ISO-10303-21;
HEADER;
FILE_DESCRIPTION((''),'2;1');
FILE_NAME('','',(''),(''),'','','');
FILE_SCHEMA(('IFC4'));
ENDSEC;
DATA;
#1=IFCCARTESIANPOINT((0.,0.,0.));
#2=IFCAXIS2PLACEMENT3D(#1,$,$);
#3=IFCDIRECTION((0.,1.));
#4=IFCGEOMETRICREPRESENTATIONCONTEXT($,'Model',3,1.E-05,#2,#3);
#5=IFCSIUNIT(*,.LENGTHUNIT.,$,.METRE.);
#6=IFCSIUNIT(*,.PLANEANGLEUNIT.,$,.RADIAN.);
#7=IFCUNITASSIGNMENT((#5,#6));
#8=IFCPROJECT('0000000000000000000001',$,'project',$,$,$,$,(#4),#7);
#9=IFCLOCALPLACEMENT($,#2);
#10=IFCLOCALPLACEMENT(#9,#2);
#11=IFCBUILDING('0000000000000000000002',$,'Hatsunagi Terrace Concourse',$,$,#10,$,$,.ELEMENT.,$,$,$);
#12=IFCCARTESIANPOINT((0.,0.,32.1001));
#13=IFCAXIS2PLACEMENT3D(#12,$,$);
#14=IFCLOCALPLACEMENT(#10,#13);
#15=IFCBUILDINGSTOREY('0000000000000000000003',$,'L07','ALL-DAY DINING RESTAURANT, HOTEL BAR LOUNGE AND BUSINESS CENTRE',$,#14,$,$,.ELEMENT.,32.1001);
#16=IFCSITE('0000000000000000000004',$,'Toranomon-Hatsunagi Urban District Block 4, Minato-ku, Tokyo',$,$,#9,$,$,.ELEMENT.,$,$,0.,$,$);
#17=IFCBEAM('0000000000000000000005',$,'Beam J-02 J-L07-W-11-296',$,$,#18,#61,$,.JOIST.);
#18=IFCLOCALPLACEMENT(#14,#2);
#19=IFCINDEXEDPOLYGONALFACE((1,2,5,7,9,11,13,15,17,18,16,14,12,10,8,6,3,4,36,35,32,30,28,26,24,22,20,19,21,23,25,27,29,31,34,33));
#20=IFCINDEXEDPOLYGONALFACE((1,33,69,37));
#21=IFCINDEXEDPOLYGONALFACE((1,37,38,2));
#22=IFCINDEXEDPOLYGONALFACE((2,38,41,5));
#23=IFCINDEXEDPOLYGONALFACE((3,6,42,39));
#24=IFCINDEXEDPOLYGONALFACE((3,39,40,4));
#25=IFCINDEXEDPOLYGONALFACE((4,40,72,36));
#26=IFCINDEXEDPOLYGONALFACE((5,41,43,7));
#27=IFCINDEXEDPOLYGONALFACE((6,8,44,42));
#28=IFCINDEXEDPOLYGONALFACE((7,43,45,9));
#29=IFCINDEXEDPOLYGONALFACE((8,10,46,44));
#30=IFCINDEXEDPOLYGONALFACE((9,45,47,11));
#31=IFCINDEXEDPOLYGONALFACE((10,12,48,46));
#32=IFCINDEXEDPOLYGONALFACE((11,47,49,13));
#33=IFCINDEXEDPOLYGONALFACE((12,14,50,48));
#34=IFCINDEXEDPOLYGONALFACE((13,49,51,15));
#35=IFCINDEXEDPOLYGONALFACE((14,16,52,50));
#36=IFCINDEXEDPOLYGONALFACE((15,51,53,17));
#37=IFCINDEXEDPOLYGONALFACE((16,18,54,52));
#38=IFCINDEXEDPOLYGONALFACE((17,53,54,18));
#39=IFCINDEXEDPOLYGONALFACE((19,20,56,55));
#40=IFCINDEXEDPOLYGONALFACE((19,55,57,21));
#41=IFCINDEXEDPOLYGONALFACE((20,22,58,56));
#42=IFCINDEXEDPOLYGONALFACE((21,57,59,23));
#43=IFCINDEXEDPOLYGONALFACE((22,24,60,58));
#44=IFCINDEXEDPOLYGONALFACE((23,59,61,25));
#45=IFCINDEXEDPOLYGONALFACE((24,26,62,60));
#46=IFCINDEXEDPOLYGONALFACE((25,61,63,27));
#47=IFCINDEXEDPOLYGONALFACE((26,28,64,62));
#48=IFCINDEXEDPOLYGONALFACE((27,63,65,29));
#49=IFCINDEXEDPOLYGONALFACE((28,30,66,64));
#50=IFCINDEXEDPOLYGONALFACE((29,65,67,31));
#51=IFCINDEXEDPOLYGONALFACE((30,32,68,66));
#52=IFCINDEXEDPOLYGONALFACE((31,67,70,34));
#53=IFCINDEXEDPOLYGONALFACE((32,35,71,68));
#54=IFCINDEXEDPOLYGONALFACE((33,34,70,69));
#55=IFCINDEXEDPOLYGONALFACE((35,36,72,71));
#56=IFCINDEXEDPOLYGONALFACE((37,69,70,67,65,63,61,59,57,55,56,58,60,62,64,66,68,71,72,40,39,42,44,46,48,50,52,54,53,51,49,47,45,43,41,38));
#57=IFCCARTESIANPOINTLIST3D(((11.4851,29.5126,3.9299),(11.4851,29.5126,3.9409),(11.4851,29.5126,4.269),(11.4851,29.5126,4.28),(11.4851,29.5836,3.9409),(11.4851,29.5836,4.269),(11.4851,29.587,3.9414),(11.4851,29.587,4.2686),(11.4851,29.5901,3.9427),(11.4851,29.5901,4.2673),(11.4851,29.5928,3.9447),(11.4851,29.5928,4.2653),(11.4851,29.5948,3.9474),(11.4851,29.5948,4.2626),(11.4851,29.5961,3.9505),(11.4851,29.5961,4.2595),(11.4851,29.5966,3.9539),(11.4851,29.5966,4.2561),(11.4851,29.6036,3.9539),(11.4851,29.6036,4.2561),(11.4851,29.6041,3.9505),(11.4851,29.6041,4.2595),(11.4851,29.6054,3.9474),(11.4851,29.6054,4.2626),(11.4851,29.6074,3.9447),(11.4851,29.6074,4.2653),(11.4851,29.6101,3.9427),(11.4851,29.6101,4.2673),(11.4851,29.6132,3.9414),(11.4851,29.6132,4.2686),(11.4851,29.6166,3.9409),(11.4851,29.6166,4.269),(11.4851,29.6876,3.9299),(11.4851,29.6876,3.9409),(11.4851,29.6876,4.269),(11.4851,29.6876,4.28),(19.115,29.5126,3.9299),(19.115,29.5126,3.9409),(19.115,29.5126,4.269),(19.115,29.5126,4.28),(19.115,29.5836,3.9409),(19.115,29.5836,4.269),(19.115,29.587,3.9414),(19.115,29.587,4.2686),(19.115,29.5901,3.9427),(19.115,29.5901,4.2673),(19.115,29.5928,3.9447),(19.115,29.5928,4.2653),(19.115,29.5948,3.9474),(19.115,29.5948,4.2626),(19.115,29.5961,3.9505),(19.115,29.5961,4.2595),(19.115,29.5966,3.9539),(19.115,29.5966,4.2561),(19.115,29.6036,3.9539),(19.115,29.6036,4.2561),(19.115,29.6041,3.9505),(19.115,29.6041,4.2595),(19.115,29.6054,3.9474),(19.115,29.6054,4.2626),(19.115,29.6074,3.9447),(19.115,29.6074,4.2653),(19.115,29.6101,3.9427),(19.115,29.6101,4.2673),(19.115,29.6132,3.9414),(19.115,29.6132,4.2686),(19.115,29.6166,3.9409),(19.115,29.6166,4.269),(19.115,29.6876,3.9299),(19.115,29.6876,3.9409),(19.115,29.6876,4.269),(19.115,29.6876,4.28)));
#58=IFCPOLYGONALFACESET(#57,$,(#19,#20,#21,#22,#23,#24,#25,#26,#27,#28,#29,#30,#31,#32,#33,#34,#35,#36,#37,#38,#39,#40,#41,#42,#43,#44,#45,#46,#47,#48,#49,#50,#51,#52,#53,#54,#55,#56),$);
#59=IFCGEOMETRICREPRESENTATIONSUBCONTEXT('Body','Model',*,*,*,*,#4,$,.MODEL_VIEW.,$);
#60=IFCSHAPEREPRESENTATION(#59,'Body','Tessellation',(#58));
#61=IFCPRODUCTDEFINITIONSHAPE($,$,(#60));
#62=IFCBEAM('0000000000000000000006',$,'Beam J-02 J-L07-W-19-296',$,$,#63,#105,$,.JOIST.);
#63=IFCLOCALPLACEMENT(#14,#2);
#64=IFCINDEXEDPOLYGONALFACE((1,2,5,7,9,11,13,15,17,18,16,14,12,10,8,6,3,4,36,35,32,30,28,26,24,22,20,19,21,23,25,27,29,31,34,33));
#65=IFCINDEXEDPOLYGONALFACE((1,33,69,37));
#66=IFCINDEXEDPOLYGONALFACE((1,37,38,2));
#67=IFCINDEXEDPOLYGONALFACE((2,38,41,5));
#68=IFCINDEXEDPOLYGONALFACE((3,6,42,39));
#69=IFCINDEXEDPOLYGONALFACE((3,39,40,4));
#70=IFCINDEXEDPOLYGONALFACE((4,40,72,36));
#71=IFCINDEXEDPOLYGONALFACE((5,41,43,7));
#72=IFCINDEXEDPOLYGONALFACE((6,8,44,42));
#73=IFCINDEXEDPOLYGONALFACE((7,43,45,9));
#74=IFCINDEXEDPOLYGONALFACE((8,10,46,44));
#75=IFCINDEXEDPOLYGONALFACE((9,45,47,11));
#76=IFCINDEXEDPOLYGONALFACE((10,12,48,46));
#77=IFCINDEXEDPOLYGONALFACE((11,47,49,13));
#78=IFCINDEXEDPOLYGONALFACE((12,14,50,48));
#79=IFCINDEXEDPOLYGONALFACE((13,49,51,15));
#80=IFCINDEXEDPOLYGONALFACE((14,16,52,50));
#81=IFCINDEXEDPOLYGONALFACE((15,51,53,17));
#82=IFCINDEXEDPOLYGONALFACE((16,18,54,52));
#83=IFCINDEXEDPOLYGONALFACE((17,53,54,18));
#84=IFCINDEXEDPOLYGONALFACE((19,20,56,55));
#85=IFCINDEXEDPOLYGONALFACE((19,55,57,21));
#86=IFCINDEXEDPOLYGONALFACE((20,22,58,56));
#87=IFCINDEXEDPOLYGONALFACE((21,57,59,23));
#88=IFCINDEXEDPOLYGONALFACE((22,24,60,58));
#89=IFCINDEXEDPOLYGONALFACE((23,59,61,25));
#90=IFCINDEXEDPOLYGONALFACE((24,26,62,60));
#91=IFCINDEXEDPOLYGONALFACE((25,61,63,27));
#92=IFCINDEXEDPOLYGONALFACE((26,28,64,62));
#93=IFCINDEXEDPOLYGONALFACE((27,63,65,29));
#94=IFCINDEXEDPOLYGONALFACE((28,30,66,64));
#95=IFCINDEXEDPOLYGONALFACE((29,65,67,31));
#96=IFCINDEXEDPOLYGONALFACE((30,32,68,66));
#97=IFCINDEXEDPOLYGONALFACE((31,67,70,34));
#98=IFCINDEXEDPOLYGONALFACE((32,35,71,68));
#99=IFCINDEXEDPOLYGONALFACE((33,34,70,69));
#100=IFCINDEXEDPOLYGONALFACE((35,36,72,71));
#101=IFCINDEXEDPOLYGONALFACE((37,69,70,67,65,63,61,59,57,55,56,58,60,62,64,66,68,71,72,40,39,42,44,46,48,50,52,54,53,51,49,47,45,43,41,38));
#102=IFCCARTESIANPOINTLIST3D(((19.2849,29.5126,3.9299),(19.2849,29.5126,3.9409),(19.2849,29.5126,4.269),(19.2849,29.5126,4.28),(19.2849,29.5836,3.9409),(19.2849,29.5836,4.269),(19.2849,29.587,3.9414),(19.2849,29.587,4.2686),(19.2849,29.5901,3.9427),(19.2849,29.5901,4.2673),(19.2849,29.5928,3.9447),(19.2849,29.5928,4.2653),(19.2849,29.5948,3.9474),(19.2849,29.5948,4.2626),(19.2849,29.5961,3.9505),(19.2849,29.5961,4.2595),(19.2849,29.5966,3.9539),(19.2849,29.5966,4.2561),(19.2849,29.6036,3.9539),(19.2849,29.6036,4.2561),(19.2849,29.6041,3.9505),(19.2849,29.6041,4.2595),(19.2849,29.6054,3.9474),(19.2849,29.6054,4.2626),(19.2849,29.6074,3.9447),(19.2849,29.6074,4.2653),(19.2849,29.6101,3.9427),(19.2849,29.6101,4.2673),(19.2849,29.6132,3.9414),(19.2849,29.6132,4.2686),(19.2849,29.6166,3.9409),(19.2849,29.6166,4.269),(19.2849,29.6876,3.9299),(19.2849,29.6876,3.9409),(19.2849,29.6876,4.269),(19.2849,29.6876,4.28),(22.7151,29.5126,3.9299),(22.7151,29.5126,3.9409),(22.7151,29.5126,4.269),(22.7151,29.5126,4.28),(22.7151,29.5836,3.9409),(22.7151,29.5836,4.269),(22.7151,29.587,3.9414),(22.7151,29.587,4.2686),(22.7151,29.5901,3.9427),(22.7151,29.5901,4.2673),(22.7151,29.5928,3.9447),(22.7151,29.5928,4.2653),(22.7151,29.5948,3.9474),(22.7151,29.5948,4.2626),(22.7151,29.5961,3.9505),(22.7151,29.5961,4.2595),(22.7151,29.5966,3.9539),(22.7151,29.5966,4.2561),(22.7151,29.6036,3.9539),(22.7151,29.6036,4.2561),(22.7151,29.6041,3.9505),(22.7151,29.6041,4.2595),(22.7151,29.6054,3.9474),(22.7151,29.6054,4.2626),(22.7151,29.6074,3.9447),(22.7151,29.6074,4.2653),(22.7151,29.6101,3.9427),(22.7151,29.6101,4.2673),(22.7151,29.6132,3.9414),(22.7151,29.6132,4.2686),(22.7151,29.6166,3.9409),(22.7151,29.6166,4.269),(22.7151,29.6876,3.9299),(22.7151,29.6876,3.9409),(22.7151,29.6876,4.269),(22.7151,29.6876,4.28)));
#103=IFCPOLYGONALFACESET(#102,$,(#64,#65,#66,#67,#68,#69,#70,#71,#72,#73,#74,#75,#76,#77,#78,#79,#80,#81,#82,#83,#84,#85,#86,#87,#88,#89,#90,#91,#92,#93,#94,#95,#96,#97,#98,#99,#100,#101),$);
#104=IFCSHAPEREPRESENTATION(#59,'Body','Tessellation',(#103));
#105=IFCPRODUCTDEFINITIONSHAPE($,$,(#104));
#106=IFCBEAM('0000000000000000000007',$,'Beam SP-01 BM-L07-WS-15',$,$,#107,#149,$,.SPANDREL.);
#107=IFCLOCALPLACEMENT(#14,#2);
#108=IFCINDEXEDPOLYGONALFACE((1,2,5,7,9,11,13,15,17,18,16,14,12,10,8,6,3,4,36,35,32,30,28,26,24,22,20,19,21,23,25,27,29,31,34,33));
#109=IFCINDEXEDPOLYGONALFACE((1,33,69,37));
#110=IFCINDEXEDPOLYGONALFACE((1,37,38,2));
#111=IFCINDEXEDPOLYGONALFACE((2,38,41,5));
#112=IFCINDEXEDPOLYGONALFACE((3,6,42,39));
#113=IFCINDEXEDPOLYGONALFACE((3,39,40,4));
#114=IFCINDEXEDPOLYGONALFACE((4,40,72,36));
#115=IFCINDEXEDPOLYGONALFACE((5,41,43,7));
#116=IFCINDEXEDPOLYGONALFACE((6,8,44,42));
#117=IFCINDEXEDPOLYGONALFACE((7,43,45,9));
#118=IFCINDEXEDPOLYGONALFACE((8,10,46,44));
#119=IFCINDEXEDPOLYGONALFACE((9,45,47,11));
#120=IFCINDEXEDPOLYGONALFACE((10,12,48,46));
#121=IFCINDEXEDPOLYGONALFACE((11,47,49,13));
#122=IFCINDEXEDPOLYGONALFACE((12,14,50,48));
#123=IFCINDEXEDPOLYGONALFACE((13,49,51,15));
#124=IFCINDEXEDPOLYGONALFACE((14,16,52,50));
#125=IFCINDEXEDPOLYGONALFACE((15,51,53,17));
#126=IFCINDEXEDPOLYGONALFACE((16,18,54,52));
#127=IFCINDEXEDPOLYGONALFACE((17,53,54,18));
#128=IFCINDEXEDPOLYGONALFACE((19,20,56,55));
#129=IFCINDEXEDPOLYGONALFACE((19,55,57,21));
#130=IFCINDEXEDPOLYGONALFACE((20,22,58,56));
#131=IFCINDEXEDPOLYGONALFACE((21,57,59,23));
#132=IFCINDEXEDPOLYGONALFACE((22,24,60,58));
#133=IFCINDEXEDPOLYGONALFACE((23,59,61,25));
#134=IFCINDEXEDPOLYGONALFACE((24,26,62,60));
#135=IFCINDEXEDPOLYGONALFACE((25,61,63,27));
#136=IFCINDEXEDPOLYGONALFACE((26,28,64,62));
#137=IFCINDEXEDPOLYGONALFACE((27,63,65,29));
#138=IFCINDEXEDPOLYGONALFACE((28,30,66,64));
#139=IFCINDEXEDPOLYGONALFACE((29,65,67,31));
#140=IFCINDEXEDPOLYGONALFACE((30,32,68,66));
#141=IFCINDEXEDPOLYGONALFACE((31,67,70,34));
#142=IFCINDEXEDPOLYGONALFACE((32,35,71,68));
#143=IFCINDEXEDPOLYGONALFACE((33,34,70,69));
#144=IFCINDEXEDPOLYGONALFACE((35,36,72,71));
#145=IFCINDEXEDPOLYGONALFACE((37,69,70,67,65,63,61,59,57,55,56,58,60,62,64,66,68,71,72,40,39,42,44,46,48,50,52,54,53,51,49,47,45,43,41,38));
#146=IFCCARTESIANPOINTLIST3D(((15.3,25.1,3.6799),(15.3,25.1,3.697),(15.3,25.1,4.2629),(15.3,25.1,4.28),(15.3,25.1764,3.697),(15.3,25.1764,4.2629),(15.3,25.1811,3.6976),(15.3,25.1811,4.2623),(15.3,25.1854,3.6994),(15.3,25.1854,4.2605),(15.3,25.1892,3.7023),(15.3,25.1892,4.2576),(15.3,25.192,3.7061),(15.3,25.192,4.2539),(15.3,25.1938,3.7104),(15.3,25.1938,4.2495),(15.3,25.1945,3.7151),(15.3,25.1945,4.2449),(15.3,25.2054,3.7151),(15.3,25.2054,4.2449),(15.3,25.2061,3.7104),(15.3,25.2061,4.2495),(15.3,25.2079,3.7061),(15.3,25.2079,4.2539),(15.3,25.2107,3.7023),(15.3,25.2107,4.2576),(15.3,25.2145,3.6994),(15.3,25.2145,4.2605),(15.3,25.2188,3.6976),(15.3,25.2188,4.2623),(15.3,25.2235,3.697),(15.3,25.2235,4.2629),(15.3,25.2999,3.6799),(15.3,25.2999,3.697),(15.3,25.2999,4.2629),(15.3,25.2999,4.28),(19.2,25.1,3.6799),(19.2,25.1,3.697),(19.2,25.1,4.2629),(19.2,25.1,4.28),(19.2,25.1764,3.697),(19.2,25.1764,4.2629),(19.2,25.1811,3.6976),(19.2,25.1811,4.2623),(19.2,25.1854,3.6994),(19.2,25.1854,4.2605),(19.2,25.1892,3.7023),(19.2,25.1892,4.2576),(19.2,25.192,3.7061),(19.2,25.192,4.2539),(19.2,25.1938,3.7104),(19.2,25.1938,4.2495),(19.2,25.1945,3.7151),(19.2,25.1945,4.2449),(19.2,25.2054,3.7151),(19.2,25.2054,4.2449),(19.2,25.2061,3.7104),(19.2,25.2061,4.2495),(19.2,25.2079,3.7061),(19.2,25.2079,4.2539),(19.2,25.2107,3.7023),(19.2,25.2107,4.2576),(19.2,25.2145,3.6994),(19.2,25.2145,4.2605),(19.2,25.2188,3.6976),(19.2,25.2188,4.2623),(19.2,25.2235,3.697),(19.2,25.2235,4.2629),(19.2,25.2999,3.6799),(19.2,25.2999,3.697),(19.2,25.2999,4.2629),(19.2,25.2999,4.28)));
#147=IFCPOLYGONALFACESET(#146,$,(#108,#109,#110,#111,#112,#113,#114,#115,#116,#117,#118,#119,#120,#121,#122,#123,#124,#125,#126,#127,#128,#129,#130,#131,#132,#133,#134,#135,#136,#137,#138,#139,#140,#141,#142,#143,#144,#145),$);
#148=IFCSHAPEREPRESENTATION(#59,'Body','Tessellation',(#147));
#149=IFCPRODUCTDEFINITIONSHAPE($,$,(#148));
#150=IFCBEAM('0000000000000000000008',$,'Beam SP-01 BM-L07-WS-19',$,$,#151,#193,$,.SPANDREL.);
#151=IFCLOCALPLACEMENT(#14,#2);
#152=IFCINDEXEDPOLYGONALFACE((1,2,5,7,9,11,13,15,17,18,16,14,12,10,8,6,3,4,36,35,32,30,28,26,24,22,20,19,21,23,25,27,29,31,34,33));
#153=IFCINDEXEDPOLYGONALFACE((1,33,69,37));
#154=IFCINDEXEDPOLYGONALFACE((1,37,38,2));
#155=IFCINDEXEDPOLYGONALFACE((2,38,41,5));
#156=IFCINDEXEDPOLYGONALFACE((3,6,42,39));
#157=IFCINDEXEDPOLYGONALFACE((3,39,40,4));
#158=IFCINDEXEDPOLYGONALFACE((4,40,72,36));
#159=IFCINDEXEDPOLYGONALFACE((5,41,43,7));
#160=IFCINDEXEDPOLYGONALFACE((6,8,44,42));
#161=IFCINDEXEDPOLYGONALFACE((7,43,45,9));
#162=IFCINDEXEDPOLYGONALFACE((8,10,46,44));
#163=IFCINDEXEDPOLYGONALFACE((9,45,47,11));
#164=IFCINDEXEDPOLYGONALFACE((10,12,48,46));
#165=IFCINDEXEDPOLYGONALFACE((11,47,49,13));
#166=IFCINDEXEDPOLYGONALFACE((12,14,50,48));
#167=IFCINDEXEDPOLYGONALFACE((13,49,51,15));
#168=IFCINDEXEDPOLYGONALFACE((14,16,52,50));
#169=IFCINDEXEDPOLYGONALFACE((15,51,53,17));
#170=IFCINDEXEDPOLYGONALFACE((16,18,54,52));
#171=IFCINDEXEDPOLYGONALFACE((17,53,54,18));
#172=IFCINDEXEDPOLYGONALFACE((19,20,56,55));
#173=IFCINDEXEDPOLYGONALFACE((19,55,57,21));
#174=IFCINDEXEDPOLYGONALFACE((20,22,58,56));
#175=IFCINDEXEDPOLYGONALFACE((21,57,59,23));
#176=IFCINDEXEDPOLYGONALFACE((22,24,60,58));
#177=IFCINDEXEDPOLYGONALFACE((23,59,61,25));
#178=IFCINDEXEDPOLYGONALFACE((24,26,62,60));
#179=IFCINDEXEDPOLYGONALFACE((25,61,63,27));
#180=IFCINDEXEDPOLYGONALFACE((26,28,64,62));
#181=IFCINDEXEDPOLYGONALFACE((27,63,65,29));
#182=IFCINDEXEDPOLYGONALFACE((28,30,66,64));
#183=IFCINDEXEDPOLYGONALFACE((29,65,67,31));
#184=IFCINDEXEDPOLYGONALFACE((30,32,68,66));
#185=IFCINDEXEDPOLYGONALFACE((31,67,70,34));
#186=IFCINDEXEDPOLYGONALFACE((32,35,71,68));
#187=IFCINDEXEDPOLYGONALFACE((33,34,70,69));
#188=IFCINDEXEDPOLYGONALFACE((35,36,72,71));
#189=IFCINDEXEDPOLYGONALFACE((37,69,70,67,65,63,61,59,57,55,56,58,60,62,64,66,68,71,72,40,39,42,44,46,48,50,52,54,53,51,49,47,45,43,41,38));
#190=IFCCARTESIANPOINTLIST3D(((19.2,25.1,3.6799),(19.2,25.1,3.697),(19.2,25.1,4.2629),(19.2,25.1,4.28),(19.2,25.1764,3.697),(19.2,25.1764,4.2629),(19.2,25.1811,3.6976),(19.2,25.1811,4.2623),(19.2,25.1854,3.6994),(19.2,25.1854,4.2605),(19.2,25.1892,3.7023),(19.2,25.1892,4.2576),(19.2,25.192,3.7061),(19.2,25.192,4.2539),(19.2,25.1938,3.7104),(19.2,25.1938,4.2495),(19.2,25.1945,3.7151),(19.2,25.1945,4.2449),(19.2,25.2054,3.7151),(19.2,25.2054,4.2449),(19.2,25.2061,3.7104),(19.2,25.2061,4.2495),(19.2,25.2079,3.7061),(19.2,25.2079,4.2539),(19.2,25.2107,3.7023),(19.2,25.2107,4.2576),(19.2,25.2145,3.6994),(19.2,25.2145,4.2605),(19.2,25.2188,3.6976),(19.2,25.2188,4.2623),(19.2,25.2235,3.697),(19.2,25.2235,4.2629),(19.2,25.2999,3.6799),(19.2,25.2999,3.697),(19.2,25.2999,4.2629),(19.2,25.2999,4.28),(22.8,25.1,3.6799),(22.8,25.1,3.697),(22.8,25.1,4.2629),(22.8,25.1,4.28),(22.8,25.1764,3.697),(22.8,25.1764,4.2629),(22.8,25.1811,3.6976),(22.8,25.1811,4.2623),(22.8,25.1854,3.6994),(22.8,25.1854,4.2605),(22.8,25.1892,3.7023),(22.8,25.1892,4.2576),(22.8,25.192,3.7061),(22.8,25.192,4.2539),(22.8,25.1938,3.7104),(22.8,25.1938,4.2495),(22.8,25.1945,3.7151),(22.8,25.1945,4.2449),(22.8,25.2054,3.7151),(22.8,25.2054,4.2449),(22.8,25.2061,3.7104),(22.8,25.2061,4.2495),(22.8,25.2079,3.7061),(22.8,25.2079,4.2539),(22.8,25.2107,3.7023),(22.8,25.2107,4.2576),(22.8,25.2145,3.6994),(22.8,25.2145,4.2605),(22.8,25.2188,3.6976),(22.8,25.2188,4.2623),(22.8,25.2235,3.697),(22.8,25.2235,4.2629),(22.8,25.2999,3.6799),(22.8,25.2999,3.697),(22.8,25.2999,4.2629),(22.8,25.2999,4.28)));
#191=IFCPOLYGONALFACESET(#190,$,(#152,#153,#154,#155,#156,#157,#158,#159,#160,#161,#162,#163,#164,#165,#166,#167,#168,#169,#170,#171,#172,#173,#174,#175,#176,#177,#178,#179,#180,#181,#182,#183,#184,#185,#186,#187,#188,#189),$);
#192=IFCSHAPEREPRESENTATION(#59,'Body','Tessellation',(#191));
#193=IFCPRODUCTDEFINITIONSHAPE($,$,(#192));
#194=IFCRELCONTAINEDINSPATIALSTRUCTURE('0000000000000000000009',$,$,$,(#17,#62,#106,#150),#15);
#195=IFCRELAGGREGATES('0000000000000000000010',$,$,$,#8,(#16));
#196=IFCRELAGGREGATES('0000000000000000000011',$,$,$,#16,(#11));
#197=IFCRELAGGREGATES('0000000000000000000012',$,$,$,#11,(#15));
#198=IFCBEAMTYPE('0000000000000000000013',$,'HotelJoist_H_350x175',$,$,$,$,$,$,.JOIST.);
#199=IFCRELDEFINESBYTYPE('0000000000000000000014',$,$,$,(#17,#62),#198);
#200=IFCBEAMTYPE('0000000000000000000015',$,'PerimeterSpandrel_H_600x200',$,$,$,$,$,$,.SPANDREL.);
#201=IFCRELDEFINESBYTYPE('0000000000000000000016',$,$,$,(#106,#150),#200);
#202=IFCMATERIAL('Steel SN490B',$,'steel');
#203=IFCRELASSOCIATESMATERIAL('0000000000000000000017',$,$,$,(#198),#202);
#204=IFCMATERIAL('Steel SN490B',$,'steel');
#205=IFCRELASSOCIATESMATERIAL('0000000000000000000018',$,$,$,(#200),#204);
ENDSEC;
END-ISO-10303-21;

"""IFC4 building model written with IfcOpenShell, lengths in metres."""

from ifc_helpers import new_model, si_unit, direction, frame, origin, origin_2d, place, context, subcontext, project, spatial, i_section, extrude, material, material_profile, profile_set, type_object, element, save


model = new_model("IFC4")

# Units and contexts
model_context = context("Model", 3, precision=1e-05, world=origin(), true_north=direction((0.0, 1.0)))
body_context = subcontext(model_context, "Body", "Model", "MODEL_VIEW")
ifc_project = project(units=[si_unit("LENGTHUNIT", "METRE"), si_unit("PLANEANGLEUNIT", "RADIAN")], contexts=[model_context])

# Site, building, storey
site_placement = place(None, origin())
site = spatial("IfcSite", under=ifc_project, at=site_placement, Name="Toranomon-Hatsunagi Urban District Block 4, Minato-ku, Tokyo", CompositionType="ELEMENT", RefElevation=0.0)
building_placement = place(site_placement, origin())
building = spatial("IfcBuilding", under=site, at=building_placement, Name="Hatsunagi Terrace Concourse", CompositionType="ELEMENT")
storey_placement = place(building_placement, frame((0.0, 0.0, 32.1001)))
storey = spatial("IfcBuildingStorey", under=building, at=storey_placement, Name="L07", Description="ALL-DAY DINING RESTAURANT, HOTEL BAR LOUNGE AND BUSINESS CENTRE", CompositionType="ELEMENT", Elevation=32.1001)

# Beams
ifc_material_1 = material(Name="Steel SN490B", Category="steel")
ifc_material_profile_1 = material_profile(ifc_material_1, i_section(OverallWidth=0.175, OverallDepth=0.3501, WebThickness=0.0071, FlangeThickness=0.011, FilletRadius=0.0129, at=origin_2d()), Name="H-350x175x7x11")
ifc_profile_set_1 = profile_set([ifc_material_profile_1], Name="Steel SN490B")
beam_type_1 = type_object("IfcBeamType", Name="HotelJoist_H_350x175", PredefinedType="JOIST", material=ifc_profile_set_1)
beam_1_placement = place(storey_placement, frame((11.4851, 29.6001, 4.105), z_axis=(1.0, 0.0, 0.0), x_axis=(0.0, 1.0, 0.0)))
element("IfcBeam", 1, at=beam_1_placement, inside=storey, type_object=beam_type_1, Name="Beam J-02 J-L07-W-11-296", PredefinedType="JOIST", context=body_context, shape_type="SweptSolid", body=[
    extrude(i_section(OverallWidth=0.175, OverallDepth=0.3501, WebThickness=0.0071, FlangeThickness=0.011, FilletRadius=0.0129, at=origin_2d()), origin(), (0.0, 0.0, 1.0), 7.6299),
])
beam_2_placement = place(storey_placement, frame((19.2849, 29.6001, 4.105), z_axis=(1.0, 0.0, 0.0), x_axis=(0.0, 1.0, 0.0)))
element("IfcBeam", 2, at=beam_2_placement, inside=storey, type_object=beam_type_1, Name="Beam J-02 J-L07-W-19-296", PredefinedType="JOIST", context=body_context, shape_type="SweptSolid", body=[
    extrude(i_section(OverallWidth=0.175, OverallDepth=0.3501, WebThickness=0.0071, FlangeThickness=0.011, FilletRadius=0.0129, at=origin_2d()), origin(), (0.0, 0.0, 1.0), 3.4302),
])
ifc_material_2 = material(Name="Steel SN490B", Category="steel")
ifc_material_profile_2 = material_profile(ifc_material_2, i_section(OverallWidth=0.2, OverallDepth=0.6001, WebThickness=0.011, FlangeThickness=0.0171, FilletRadius=0.0181, at=origin_2d()), Name="H-600x200x11x17")
ifc_profile_set_2 = profile_set([ifc_material_profile_2], Name="Steel SN490B")
beam_type_2 = type_object("IfcBeamType", Name="PerimeterSpandrel_H_600x200", PredefinedType="SPANDREL", material=ifc_profile_set_2)
beam_3_placement = place(storey_placement, frame((15.3, 25.2, 3.98), z_axis=(1.0, 0.0, 0.0), x_axis=(0.0, 1.0, 0.0)))
element("IfcBeam", 3, at=beam_3_placement, inside=storey, type_object=beam_type_2, Name="Beam SP-01 BM-L07-WS-15", PredefinedType="SPANDREL", context=body_context, shape_type="SweptSolid", body=[
    extrude(i_section(OverallWidth=0.2, OverallDepth=0.6001, WebThickness=0.011, FlangeThickness=0.0171, FilletRadius=0.0181, at=origin_2d()), origin(), (0.0, 0.0, 1.0), 3.8999),
])
beam_4_placement = place(storey_placement, frame((19.2, 25.2, 3.98), z_axis=(1.0, 0.0, 0.0), x_axis=(0.0, 1.0, 0.0)))
element("IfcBeam", 4, at=beam_4_placement, inside=storey, type_object=beam_type_2, Name="Beam SP-01 BM-L07-WS-19", PredefinedType="SPANDREL", context=body_context, shape_type="SweptSolid", body=[
    extrude(i_section(OverallWidth=0.2, OverallDepth=0.6001, WebThickness=0.011, FlangeThickness=0.0171, FilletRadius=0.0181, at=origin_2d()), origin(), (0.0, 0.0, 1.0), 3.6001),
])

save(model, "model.ifc")
